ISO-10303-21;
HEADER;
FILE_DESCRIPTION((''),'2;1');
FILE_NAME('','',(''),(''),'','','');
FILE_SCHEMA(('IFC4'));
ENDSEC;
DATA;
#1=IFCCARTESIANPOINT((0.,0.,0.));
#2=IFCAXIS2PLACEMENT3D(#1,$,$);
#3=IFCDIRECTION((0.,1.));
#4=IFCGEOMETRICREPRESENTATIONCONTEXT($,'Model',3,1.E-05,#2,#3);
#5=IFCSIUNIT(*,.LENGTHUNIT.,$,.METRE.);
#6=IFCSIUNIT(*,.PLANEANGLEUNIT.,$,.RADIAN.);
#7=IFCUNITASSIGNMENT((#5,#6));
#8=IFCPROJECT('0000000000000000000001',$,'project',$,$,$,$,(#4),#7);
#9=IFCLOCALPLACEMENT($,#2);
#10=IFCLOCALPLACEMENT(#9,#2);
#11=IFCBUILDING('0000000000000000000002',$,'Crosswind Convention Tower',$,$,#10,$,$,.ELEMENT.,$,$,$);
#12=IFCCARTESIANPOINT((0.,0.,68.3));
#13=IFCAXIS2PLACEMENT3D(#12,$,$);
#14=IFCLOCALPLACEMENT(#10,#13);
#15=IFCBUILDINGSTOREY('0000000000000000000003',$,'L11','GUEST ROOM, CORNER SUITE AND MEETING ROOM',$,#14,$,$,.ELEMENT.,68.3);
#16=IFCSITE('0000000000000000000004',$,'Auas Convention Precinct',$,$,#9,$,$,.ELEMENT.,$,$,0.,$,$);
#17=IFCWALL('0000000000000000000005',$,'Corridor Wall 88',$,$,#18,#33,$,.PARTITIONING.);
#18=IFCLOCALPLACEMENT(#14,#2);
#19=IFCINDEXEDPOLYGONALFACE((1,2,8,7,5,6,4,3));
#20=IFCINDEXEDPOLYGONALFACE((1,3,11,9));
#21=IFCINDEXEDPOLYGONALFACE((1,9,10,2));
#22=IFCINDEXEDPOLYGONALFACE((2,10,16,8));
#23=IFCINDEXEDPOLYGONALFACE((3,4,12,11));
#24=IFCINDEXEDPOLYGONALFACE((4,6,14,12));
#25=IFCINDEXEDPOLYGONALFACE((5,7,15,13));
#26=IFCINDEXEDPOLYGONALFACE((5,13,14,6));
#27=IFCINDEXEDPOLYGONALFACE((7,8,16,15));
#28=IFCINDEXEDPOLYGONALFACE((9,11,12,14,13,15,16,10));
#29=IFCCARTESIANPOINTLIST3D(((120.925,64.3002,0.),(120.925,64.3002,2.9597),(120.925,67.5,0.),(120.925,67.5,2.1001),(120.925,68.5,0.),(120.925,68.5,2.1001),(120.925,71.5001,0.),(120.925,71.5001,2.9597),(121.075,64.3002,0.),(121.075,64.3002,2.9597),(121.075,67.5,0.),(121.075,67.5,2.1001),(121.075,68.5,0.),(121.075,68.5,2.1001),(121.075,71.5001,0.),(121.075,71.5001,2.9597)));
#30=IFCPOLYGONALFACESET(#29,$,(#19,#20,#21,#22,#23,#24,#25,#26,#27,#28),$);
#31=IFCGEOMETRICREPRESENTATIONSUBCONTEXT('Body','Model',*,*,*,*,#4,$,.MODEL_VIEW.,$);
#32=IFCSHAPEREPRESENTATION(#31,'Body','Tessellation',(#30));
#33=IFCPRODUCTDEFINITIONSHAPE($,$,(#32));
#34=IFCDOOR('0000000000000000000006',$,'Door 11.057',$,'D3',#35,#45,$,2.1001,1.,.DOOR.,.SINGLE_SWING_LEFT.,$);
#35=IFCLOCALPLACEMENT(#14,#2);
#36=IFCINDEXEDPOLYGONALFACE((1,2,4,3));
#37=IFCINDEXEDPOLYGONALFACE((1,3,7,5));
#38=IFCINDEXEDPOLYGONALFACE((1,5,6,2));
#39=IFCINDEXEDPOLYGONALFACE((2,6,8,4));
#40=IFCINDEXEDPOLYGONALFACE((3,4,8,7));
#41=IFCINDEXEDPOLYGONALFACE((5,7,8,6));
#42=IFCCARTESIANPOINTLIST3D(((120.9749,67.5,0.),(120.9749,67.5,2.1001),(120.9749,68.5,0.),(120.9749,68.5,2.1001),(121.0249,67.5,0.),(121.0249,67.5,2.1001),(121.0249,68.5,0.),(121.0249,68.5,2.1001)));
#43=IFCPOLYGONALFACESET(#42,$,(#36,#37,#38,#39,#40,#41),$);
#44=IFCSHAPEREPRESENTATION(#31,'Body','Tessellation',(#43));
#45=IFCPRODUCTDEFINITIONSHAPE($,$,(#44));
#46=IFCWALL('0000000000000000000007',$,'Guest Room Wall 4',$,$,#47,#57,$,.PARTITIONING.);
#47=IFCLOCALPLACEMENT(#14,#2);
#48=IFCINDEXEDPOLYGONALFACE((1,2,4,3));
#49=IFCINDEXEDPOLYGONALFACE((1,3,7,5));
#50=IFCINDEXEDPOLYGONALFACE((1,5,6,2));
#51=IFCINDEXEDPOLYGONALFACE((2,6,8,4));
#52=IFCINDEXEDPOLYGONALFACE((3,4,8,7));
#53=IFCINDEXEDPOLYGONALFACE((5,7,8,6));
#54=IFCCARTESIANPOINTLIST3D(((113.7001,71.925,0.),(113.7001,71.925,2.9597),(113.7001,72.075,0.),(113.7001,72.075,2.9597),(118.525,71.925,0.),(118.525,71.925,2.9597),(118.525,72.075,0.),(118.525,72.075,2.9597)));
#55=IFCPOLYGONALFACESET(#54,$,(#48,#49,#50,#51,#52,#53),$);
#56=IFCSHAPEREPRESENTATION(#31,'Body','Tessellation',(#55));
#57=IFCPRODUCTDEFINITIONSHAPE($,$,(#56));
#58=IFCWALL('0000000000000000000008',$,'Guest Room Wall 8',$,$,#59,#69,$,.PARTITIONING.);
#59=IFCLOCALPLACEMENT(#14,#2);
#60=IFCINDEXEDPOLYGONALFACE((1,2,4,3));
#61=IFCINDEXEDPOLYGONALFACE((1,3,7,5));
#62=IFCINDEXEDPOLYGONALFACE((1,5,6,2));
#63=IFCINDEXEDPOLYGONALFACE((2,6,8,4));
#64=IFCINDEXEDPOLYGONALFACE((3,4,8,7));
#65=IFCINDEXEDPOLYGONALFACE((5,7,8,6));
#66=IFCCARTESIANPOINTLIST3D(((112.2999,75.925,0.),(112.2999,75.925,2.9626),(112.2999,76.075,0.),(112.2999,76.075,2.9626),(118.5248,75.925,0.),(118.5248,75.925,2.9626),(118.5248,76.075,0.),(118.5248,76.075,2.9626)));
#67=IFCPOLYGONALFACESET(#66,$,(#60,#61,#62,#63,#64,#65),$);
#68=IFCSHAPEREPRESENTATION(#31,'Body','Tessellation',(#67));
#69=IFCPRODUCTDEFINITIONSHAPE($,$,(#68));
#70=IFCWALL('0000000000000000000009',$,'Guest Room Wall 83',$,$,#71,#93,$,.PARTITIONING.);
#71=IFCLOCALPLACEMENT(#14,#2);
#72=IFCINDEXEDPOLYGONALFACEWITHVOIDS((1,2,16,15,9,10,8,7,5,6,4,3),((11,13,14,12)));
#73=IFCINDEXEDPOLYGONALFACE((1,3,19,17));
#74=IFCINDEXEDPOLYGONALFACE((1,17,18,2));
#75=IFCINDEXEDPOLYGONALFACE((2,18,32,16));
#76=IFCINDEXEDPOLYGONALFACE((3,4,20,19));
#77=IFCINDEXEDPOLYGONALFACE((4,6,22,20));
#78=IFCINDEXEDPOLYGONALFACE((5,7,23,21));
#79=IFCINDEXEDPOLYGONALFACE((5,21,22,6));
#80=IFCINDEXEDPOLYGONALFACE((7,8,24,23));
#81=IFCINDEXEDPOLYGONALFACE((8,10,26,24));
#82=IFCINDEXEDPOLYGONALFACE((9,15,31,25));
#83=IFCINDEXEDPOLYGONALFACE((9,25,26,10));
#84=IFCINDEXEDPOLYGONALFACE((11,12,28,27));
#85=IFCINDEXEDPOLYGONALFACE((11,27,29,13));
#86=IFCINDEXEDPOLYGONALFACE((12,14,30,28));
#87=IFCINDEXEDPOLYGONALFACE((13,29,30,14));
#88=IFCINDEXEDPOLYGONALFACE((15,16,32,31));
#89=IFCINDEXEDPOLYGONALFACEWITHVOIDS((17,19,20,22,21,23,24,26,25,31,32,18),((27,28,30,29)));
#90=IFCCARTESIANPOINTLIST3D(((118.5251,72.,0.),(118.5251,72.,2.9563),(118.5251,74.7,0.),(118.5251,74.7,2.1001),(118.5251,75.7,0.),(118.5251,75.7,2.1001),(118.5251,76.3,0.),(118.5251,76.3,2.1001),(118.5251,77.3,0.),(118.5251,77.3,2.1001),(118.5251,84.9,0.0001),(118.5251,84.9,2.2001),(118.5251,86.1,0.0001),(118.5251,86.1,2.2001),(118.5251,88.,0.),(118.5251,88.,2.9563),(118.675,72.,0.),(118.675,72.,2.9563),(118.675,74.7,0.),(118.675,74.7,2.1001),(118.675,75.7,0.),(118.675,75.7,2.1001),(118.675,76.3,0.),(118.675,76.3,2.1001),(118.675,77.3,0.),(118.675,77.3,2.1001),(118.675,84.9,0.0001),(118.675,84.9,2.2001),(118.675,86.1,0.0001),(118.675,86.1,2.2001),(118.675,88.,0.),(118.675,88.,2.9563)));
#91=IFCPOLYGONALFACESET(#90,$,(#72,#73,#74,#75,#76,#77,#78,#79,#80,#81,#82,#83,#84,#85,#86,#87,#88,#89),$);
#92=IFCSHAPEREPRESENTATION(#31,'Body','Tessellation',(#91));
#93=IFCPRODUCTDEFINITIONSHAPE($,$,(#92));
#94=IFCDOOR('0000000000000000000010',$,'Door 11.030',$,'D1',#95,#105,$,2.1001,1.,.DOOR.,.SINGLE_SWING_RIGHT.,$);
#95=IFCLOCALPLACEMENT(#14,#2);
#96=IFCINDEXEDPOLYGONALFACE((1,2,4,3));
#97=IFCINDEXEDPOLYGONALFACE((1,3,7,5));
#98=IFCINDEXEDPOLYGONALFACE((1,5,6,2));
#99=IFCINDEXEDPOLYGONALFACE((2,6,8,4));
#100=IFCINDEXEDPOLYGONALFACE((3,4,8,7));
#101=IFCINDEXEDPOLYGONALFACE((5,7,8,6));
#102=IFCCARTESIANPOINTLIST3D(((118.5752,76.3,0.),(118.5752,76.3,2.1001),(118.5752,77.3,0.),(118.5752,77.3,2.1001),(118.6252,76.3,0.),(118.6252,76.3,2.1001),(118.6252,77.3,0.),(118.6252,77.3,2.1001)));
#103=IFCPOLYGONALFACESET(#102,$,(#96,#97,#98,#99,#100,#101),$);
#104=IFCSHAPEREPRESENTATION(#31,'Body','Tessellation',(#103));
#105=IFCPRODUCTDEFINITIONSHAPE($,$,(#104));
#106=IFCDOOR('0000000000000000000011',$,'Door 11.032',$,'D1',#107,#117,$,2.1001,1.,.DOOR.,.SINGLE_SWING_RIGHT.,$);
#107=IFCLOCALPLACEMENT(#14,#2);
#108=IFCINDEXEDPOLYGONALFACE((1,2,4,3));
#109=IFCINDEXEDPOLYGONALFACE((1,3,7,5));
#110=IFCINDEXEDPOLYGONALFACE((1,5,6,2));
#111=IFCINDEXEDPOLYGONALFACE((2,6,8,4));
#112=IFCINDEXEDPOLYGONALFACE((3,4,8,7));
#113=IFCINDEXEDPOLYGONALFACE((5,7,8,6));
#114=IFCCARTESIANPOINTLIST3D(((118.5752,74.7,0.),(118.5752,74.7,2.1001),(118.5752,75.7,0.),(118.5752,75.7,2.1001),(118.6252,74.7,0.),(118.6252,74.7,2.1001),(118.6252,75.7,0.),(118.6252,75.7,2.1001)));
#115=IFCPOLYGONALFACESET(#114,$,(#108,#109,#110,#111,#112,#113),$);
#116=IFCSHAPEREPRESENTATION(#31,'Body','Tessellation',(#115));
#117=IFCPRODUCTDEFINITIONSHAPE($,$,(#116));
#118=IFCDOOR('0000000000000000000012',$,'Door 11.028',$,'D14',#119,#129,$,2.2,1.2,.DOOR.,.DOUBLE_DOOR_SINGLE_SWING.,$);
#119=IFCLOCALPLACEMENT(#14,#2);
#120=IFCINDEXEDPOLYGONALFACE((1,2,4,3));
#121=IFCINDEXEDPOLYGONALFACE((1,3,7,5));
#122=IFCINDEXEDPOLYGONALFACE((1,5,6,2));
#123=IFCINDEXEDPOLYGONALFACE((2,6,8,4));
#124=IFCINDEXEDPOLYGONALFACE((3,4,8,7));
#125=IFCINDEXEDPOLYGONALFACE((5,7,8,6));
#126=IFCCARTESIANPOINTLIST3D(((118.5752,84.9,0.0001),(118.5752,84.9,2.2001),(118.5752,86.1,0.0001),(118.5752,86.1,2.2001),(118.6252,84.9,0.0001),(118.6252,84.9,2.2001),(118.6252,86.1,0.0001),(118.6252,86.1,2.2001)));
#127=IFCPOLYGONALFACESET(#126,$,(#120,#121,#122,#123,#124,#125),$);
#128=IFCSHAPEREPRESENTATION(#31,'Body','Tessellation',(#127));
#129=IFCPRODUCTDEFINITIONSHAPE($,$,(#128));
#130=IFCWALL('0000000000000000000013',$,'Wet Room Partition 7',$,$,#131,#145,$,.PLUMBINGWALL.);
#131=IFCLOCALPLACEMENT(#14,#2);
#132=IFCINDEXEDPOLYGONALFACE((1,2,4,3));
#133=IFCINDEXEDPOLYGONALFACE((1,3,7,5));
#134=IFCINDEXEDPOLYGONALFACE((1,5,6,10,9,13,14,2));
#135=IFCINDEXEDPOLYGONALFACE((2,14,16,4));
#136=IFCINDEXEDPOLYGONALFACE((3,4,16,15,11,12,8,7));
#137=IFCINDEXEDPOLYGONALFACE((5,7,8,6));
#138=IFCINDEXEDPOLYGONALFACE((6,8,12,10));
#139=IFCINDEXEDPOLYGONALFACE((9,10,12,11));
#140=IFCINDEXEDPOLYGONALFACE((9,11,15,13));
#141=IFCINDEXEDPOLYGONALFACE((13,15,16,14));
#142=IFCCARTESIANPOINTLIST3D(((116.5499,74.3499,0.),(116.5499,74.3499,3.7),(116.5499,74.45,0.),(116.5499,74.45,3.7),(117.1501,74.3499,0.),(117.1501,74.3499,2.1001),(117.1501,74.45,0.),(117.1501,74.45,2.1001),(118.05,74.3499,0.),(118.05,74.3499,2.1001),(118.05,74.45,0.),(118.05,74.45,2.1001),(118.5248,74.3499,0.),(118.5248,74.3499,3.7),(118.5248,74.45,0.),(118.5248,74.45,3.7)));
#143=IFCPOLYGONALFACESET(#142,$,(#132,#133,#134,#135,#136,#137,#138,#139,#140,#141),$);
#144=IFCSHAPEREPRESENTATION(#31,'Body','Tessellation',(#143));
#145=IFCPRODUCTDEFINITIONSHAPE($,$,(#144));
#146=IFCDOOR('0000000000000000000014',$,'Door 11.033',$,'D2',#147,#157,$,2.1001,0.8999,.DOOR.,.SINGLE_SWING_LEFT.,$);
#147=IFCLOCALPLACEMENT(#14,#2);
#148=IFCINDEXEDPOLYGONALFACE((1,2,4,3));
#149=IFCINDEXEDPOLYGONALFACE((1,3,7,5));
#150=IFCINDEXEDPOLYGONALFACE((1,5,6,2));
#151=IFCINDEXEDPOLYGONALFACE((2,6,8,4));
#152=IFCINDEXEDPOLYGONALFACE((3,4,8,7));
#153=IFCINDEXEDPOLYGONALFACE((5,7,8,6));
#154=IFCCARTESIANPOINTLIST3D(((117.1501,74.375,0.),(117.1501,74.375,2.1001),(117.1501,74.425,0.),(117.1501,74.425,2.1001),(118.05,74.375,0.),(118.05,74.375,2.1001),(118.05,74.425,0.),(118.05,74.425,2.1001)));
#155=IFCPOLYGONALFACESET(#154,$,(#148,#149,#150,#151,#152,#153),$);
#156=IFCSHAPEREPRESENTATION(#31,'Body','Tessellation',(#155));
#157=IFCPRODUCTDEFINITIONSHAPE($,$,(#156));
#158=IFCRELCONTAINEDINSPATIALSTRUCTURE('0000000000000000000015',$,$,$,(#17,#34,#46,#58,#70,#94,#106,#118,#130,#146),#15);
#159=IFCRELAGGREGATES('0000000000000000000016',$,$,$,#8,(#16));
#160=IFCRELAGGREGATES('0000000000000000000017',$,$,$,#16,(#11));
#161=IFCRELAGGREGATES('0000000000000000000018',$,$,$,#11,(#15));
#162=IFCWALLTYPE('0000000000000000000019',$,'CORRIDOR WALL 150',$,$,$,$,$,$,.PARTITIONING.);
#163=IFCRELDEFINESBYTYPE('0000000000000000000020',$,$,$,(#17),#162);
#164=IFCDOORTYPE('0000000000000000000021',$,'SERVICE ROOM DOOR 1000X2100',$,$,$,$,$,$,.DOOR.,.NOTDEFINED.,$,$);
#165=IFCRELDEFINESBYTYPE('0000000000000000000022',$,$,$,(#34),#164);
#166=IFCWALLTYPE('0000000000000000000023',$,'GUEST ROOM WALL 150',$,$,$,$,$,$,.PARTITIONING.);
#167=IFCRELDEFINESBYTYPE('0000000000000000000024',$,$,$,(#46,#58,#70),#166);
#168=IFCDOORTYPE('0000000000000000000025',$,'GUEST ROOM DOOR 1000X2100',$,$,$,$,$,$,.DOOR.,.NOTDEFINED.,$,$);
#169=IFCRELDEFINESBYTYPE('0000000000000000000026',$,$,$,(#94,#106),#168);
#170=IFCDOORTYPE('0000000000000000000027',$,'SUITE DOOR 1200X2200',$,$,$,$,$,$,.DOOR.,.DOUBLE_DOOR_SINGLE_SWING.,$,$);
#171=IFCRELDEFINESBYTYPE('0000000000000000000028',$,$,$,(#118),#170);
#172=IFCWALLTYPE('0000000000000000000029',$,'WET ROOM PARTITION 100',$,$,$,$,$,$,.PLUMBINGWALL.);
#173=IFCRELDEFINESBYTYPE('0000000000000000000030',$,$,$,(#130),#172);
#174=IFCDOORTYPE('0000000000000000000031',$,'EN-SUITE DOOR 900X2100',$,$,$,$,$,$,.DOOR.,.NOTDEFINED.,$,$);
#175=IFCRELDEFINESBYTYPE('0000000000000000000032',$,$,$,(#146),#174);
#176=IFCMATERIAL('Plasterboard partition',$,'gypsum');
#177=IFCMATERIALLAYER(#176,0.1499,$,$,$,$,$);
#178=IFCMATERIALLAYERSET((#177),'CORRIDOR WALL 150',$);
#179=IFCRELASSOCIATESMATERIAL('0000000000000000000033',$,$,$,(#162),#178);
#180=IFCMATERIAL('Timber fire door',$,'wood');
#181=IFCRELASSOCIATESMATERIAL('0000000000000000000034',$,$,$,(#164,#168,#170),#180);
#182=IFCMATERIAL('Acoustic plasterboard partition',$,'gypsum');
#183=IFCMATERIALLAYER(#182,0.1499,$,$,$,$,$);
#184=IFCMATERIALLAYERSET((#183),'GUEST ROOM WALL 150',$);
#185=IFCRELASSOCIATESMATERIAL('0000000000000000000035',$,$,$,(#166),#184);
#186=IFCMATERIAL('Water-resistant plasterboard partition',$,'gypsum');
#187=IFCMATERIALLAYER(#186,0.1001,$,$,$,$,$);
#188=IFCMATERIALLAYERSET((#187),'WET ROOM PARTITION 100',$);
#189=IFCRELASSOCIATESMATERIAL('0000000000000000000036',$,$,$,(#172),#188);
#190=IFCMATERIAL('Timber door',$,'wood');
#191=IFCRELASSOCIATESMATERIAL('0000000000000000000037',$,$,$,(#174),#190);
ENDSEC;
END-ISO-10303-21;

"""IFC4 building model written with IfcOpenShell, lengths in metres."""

from ifc_helpers import new_model, si_unit, direction, frame, frame_2d, origin, place, context, subcontext, project, spatial, rectangle, extrude, material, layer, layer_set, type_object, element, fill, save


model = new_model("IFC4")

# Units and contexts
model_context = context("Model", 3, precision=1e-05, world=origin(), true_north=direction((0.0, 1.0)))
body_context = subcontext(model_context, "Body", "Model", "MODEL_VIEW")
ifc_project = project(units=[si_unit("LENGTHUNIT", "METRE"), si_unit("PLANEANGLEUNIT", "RADIAN")], contexts=[model_context])

# Site, building, storey
site_placement = place(None, origin())
site = spatial("IfcSite", under=ifc_project, at=site_placement, Name="Auas Convention Precinct", CompositionType="ELEMENT", RefElevation=0.0)
building_placement = place(site_placement, origin())
building = spatial("IfcBuilding", under=site, at=building_placement, Name="Crosswind Convention Tower", CompositionType="ELEMENT")
storey_placement = place(building_placement, frame((0.0, 0.0, 68.3)))
storey = spatial("IfcBuildingStorey", under=building, at=storey_placement, Name="L11", Description="GUEST ROOM, CORNER SUITE AND MEETING ROOM", CompositionType="ELEMENT", Elevation=68.3)

# Wall, opening, door
ifc_material_1 = material(Name="Plasterboard partition", Category="gypsum")
ifc_layer_1 = layer(ifc_material_1, 0.1499)
ifc_layer_set_1 = layer_set([ifc_layer_1], Name="CORRIDOR WALL 150")
wall_type_1 = type_object("IfcWallType", Name="CORRIDOR WALL 150", PredefinedType="PARTITIONING", material=ifc_layer_set_1)
wall_1_placement = place(storey_placement, frame((121.0, 64.3, 0.0), z_axis=(0.0, 0.0, 1.0), x_axis=(0.0, 1.0, 0.0)))
wall_1 = element("IfcWall", 1, at=wall_1_placement, inside=storey, type_object=wall_type_1, Name="Corridor Wall 88", PredefinedType="PARTITIONING", context=body_context, shape_type="SweptSolid", body=[
    extrude(rectangle(XDim=7.2, YDim=0.1499, at=frame_2d((3.6001, 0.0))), origin(), (0.0, 0.0, 1.0), 2.9597),
])
opening_1_placement = place(wall_1_placement, frame((3.2, 0.0, 0.0)))
opening_1 = element("IfcOpeningElement", 2, at=opening_1_placement, cuts=wall_1, PredefinedType="OPENING", context=body_context, shape_type="SweptSolid", body=[
    extrude(rectangle(XDim=1.0, YDim=2.1001, at=frame_2d((0.5, 1.05))), frame((0.0, 0.085, 0.0), z_axis=(0.0, -1.0, 0.0), x_axis=(1.0, 0.0, 0.0)), (0.0, 0.0, 1.0), 0.1699),
])
ifc_material_2 = material(Name="Timber fire door", Category="wood")
door_type_1 = type_object("IfcDoorType", Name="SERVICE ROOM DOOR 1000X2100", OperationType="NOTDEFINED", PredefinedType="DOOR", material=ifc_material_2)
door_1_placement = place(opening_1_placement, frame((1.0, 0.0, 0.0), z_axis=(0.0, 0.0, 1.0), x_axis=(-1.0, 0.0, 0.0)))
door_1 = element("IfcDoor", 3, at=door_1_placement, inside=storey, type_object=door_type_1, Name="Door 11.057", ObjectType="D3", OperationType="SINGLE_SWING_LEFT", OverallHeight=2.1001, OverallWidth=1.0, PredefinedType="DOOR", context=body_context, shape_type="SweptSolid", body=[
    extrude(rectangle(XDim=1.0, YDim=2.1001, at=frame_2d((0.5, 1.05))), frame((0.0, 0.0249, 0.0), z_axis=(0.0, -1.0, 0.0), x_axis=(1.0, 0.0, 0.0)), (0.0, 0.0, 1.0), 0.05),
])
fill(opening_1, door_1)

# Walls
ifc_material_3 = material(Name="Acoustic plasterboard partition", Category="gypsum")
ifc_layer_2 = layer(ifc_material_3, 0.1499)
ifc_layer_set_2 = layer_set([ifc_layer_2], Name="GUEST ROOM WALL 150")
wall_type_2 = type_object("IfcWallType", Name="GUEST ROOM WALL 150", PredefinedType="PARTITIONING", material=ifc_layer_set_2)
wall_2_placement = place(storey_placement, frame((113.7, 72.0, 0.0), z_axis=(0.0, 0.0, 1.0), x_axis=(1.0, 0.0, 0.0)))
element("IfcWall", 4, at=wall_2_placement, inside=storey, type_object=wall_type_2, Name="Guest Room Wall 4", PredefinedType="PARTITIONING", context=body_context, shape_type="SweptSolid", body=[
    extrude(rectangle(XDim=4.825, YDim=0.1499, at=frame_2d((2.4126, 0.0))), origin(), (0.0, 0.0, 1.0), 2.9597),
])
wall_3_placement = place(storey_placement, frame((112.3, 76.0, 0.0), z_axis=(0.0, 0.0, 1.0), x_axis=(1.0, 0.0, 0.0)))
element("IfcWall", 5, at=wall_3_placement, inside=storey, type_object=wall_type_2, Name="Guest Room Wall 8", PredefinedType="PARTITIONING", context=body_context, shape_type="SweptSolid", body=[
    extrude(rectangle(XDim=6.2249, YDim=0.1499, at=frame_2d((3.1123, 0.0))), origin(), (0.0, 0.0, 1.0), 2.9626),
])

# Wall, openings, doors
wall_4_placement = place(storey_placement, frame((118.6001, 72.0, 0.0), z_axis=(0.0, 0.0, 1.0), x_axis=(0.0, 1.0, 0.0)))
wall_4 = element("IfcWall", 6, at=wall_4_placement, inside=storey, type_object=wall_type_2, Name="Guest Room Wall 83", PredefinedType="PARTITIONING", context=body_context, shape_type="SweptSolid", body=[
    extrude(rectangle(XDim=16.0, YDim=0.1499, at=frame_2d((8.0, 0.0))), origin(), (0.0, 0.0, 1.0), 2.9563),
])
opening_2_placement = place(wall_4_placement, frame((12.8999, 0.0, 0.0)))
opening_2 = element("IfcOpeningElement", 7, at=opening_2_placement, cuts=wall_4, PredefinedType="OPENING", context=body_context, shape_type="SweptSolid", body=[
    extrude(rectangle(XDim=1.2, YDim=2.2, at=frame_2d((0.6001, 1.1001))), frame((0.0, 0.085, 0.0), z_axis=(0.0, -1.0, 0.0), x_axis=(1.0, 0.0, 0.0)), (0.0, 0.0, 1.0), 0.1699),
])
opening_3_placement = place(wall_4_placement, frame((4.3, 0.0, 0.0)))
opening_3 = element("IfcOpeningElement", 8, at=opening_3_placement, cuts=wall_4, PredefinedType="OPENING", context=body_context, shape_type="SweptSolid", body=[
    extrude(rectangle(XDim=1.0, YDim=2.1001, at=frame_2d((0.5, 1.05))), frame((0.0, 0.085, 0.0), z_axis=(0.0, -1.0, 0.0), x_axis=(1.0, 0.0, 0.0)), (0.0, 0.0, 1.0), 0.1699),
])
opening_4_placement = place(wall_4_placement, frame((2.7, 0.0, 0.0)))
opening_4 = element("IfcOpeningElement", 9, at=opening_4_placement, cuts=wall_4, PredefinedType="OPENING", context=body_context, shape_type="SweptSolid", body=[
    extrude(rectangle(XDim=1.0, YDim=2.1001, at=frame_2d((0.5, 1.05))), frame((0.0, 0.085, 0.0), z_axis=(0.0, -1.0, 0.0), x_axis=(1.0, 0.0, 0.0)), (0.0, 0.0, 1.0), 0.1699),
])
door_type_2 = type_object("IfcDoorType", Name="GUEST ROOM DOOR 1000X2100", OperationType="NOTDEFINED", PredefinedType="DOOR", material=ifc_material_2)
door_2_placement = place(opening_3_placement, origin())
door_2 = element("IfcDoor", 10, at=door_2_placement, inside=storey, type_object=door_type_2, Name="Door 11.030", ObjectType="D1", OperationType="SINGLE_SWING_RIGHT", OverallHeight=2.1001, OverallWidth=1.0, PredefinedType="DOOR", context=body_context, shape_type="SweptSolid", body=[
    extrude(rectangle(XDim=1.0, YDim=2.1001, at=frame_2d((0.5, 1.05))), frame((0.0, 0.0249, 0.0), z_axis=(0.0, -1.0, 0.0), x_axis=(1.0, 0.0, 0.0)), (0.0, 0.0, 1.0), 0.05),
])
fill(opening_3, door_2)
door_3_placement = place(opening_4_placement, origin())
door_3 = element("IfcDoor", 11, at=door_3_placement, inside=storey, type_object=door_type_2, Name="Door 11.032", ObjectType="D1", OperationType="SINGLE_SWING_RIGHT", OverallHeight=2.1001, OverallWidth=1.0, PredefinedType="DOOR", context=body_context, shape_type="SweptSolid", body=[
    extrude(rectangle(XDim=1.0, YDim=2.1001, at=frame_2d((0.5, 1.05))), frame((0.0, 0.0249, 0.0), z_axis=(0.0, -1.0, 0.0), x_axis=(1.0, 0.0, 0.0)), (0.0, 0.0, 1.0), 0.05),
])
fill(opening_4, door_3)
door_type_3 = type_object("IfcDoorType", Name="SUITE DOOR 1200X2200", OperationType="DOUBLE_DOOR_SINGLE_SWING", PredefinedType="DOOR", material=ifc_material_2)
door_4_placement = place(opening_2_placement, origin())
door_4 = element("IfcDoor", 12, at=door_4_placement, inside=storey, type_object=door_type_3, Name="Door 11.028", ObjectType="D14", OperationType="DOUBLE_DOOR_SINGLE_SWING", OverallHeight=2.2, OverallWidth=1.2, PredefinedType="DOOR", context=body_context, shape_type="SweptSolid", body=[
    extrude(rectangle(XDim=1.2, YDim=2.2, at=frame_2d((0.6001, 1.1001))), frame((0.0, 0.0249, 0.0), z_axis=(0.0, -1.0, 0.0), x_axis=(1.0, 0.0, 0.0)), (0.0, 0.0, 1.0), 0.05),
])
fill(opening_2, door_4)

# Wall, opening, door
ifc_material_4 = material(Name="Water-resistant plasterboard partition", Category="gypsum")
ifc_layer_3 = layer(ifc_material_4, 0.1001)
ifc_layer_set_3 = layer_set([ifc_layer_3], Name="WET ROOM PARTITION 100")
wall_type_3 = type_object("IfcWallType", Name="WET ROOM PARTITION 100", PredefinedType="PLUMBINGWALL", material=ifc_layer_set_3)
wall_5_placement = place(storey_placement, frame((116.55, 74.3999, 0.0), z_axis=(0.0, 0.0, 1.0), x_axis=(1.0, 0.0, 0.0)))
wall_5 = element("IfcWall", 13, at=wall_5_placement, inside=storey, type_object=wall_type_3, Name="Wet Room Partition 7", PredefinedType="PLUMBINGWALL", context=body_context, shape_type="SweptSolid", body=[
    extrude(rectangle(XDim=1.9749, YDim=0.1001, at=frame_2d((0.9873, 0.0))), origin(), (0.0, 0.0, 1.0), 3.7),
])
opening_5_placement = place(wall_5_placement, frame((0.6001, 0.0, 0.0)))
opening_5 = element("IfcOpeningElement", 14, at=opening_5_placement, cuts=wall_5, PredefinedType="OPENING", context=body_context, shape_type="SweptSolid", body=[
    extrude(rectangle(XDim=0.8999, YDim=2.1001, at=frame_2d((0.45, 1.05))), frame((0.0, 0.0601, 0.0), z_axis=(0.0, -1.0, 0.0), x_axis=(1.0, 0.0, 0.0)), (0.0, 0.0, 1.0), 0.1201),
])
ifc_material_5 = material(Name="Timber door", Category="wood")
door_type_4 = type_object("IfcDoorType", Name="EN-SUITE DOOR 900X2100", OperationType="NOTDEFINED", PredefinedType="DOOR", material=ifc_material_5)
door_5_placement = place(opening_5_placement, frame((0.8999, 0.0, 0.0), z_axis=(0.0, 0.0, 1.0), x_axis=(-1.0, 0.0, 0.0)))
door_5 = element("IfcDoor", 15, at=door_5_placement, inside=storey, type_object=door_type_4, Name="Door 11.033", ObjectType="D2", OperationType="SINGLE_SWING_LEFT", OverallHeight=2.1001, OverallWidth=0.8999, PredefinedType="DOOR", context=body_context, shape_type="SweptSolid", body=[
    extrude(rectangle(XDim=0.8999, YDim=2.1001, at=frame_2d((0.45, 1.05))), frame((0.0, 0.0249, 0.0), z_axis=(0.0, -1.0, 0.0), x_axis=(1.0, 0.0, 0.0)), (0.0, 0.0, 1.0), 0.05),
])
fill(opening_5, door_5)

save(model, "model.ifc")
